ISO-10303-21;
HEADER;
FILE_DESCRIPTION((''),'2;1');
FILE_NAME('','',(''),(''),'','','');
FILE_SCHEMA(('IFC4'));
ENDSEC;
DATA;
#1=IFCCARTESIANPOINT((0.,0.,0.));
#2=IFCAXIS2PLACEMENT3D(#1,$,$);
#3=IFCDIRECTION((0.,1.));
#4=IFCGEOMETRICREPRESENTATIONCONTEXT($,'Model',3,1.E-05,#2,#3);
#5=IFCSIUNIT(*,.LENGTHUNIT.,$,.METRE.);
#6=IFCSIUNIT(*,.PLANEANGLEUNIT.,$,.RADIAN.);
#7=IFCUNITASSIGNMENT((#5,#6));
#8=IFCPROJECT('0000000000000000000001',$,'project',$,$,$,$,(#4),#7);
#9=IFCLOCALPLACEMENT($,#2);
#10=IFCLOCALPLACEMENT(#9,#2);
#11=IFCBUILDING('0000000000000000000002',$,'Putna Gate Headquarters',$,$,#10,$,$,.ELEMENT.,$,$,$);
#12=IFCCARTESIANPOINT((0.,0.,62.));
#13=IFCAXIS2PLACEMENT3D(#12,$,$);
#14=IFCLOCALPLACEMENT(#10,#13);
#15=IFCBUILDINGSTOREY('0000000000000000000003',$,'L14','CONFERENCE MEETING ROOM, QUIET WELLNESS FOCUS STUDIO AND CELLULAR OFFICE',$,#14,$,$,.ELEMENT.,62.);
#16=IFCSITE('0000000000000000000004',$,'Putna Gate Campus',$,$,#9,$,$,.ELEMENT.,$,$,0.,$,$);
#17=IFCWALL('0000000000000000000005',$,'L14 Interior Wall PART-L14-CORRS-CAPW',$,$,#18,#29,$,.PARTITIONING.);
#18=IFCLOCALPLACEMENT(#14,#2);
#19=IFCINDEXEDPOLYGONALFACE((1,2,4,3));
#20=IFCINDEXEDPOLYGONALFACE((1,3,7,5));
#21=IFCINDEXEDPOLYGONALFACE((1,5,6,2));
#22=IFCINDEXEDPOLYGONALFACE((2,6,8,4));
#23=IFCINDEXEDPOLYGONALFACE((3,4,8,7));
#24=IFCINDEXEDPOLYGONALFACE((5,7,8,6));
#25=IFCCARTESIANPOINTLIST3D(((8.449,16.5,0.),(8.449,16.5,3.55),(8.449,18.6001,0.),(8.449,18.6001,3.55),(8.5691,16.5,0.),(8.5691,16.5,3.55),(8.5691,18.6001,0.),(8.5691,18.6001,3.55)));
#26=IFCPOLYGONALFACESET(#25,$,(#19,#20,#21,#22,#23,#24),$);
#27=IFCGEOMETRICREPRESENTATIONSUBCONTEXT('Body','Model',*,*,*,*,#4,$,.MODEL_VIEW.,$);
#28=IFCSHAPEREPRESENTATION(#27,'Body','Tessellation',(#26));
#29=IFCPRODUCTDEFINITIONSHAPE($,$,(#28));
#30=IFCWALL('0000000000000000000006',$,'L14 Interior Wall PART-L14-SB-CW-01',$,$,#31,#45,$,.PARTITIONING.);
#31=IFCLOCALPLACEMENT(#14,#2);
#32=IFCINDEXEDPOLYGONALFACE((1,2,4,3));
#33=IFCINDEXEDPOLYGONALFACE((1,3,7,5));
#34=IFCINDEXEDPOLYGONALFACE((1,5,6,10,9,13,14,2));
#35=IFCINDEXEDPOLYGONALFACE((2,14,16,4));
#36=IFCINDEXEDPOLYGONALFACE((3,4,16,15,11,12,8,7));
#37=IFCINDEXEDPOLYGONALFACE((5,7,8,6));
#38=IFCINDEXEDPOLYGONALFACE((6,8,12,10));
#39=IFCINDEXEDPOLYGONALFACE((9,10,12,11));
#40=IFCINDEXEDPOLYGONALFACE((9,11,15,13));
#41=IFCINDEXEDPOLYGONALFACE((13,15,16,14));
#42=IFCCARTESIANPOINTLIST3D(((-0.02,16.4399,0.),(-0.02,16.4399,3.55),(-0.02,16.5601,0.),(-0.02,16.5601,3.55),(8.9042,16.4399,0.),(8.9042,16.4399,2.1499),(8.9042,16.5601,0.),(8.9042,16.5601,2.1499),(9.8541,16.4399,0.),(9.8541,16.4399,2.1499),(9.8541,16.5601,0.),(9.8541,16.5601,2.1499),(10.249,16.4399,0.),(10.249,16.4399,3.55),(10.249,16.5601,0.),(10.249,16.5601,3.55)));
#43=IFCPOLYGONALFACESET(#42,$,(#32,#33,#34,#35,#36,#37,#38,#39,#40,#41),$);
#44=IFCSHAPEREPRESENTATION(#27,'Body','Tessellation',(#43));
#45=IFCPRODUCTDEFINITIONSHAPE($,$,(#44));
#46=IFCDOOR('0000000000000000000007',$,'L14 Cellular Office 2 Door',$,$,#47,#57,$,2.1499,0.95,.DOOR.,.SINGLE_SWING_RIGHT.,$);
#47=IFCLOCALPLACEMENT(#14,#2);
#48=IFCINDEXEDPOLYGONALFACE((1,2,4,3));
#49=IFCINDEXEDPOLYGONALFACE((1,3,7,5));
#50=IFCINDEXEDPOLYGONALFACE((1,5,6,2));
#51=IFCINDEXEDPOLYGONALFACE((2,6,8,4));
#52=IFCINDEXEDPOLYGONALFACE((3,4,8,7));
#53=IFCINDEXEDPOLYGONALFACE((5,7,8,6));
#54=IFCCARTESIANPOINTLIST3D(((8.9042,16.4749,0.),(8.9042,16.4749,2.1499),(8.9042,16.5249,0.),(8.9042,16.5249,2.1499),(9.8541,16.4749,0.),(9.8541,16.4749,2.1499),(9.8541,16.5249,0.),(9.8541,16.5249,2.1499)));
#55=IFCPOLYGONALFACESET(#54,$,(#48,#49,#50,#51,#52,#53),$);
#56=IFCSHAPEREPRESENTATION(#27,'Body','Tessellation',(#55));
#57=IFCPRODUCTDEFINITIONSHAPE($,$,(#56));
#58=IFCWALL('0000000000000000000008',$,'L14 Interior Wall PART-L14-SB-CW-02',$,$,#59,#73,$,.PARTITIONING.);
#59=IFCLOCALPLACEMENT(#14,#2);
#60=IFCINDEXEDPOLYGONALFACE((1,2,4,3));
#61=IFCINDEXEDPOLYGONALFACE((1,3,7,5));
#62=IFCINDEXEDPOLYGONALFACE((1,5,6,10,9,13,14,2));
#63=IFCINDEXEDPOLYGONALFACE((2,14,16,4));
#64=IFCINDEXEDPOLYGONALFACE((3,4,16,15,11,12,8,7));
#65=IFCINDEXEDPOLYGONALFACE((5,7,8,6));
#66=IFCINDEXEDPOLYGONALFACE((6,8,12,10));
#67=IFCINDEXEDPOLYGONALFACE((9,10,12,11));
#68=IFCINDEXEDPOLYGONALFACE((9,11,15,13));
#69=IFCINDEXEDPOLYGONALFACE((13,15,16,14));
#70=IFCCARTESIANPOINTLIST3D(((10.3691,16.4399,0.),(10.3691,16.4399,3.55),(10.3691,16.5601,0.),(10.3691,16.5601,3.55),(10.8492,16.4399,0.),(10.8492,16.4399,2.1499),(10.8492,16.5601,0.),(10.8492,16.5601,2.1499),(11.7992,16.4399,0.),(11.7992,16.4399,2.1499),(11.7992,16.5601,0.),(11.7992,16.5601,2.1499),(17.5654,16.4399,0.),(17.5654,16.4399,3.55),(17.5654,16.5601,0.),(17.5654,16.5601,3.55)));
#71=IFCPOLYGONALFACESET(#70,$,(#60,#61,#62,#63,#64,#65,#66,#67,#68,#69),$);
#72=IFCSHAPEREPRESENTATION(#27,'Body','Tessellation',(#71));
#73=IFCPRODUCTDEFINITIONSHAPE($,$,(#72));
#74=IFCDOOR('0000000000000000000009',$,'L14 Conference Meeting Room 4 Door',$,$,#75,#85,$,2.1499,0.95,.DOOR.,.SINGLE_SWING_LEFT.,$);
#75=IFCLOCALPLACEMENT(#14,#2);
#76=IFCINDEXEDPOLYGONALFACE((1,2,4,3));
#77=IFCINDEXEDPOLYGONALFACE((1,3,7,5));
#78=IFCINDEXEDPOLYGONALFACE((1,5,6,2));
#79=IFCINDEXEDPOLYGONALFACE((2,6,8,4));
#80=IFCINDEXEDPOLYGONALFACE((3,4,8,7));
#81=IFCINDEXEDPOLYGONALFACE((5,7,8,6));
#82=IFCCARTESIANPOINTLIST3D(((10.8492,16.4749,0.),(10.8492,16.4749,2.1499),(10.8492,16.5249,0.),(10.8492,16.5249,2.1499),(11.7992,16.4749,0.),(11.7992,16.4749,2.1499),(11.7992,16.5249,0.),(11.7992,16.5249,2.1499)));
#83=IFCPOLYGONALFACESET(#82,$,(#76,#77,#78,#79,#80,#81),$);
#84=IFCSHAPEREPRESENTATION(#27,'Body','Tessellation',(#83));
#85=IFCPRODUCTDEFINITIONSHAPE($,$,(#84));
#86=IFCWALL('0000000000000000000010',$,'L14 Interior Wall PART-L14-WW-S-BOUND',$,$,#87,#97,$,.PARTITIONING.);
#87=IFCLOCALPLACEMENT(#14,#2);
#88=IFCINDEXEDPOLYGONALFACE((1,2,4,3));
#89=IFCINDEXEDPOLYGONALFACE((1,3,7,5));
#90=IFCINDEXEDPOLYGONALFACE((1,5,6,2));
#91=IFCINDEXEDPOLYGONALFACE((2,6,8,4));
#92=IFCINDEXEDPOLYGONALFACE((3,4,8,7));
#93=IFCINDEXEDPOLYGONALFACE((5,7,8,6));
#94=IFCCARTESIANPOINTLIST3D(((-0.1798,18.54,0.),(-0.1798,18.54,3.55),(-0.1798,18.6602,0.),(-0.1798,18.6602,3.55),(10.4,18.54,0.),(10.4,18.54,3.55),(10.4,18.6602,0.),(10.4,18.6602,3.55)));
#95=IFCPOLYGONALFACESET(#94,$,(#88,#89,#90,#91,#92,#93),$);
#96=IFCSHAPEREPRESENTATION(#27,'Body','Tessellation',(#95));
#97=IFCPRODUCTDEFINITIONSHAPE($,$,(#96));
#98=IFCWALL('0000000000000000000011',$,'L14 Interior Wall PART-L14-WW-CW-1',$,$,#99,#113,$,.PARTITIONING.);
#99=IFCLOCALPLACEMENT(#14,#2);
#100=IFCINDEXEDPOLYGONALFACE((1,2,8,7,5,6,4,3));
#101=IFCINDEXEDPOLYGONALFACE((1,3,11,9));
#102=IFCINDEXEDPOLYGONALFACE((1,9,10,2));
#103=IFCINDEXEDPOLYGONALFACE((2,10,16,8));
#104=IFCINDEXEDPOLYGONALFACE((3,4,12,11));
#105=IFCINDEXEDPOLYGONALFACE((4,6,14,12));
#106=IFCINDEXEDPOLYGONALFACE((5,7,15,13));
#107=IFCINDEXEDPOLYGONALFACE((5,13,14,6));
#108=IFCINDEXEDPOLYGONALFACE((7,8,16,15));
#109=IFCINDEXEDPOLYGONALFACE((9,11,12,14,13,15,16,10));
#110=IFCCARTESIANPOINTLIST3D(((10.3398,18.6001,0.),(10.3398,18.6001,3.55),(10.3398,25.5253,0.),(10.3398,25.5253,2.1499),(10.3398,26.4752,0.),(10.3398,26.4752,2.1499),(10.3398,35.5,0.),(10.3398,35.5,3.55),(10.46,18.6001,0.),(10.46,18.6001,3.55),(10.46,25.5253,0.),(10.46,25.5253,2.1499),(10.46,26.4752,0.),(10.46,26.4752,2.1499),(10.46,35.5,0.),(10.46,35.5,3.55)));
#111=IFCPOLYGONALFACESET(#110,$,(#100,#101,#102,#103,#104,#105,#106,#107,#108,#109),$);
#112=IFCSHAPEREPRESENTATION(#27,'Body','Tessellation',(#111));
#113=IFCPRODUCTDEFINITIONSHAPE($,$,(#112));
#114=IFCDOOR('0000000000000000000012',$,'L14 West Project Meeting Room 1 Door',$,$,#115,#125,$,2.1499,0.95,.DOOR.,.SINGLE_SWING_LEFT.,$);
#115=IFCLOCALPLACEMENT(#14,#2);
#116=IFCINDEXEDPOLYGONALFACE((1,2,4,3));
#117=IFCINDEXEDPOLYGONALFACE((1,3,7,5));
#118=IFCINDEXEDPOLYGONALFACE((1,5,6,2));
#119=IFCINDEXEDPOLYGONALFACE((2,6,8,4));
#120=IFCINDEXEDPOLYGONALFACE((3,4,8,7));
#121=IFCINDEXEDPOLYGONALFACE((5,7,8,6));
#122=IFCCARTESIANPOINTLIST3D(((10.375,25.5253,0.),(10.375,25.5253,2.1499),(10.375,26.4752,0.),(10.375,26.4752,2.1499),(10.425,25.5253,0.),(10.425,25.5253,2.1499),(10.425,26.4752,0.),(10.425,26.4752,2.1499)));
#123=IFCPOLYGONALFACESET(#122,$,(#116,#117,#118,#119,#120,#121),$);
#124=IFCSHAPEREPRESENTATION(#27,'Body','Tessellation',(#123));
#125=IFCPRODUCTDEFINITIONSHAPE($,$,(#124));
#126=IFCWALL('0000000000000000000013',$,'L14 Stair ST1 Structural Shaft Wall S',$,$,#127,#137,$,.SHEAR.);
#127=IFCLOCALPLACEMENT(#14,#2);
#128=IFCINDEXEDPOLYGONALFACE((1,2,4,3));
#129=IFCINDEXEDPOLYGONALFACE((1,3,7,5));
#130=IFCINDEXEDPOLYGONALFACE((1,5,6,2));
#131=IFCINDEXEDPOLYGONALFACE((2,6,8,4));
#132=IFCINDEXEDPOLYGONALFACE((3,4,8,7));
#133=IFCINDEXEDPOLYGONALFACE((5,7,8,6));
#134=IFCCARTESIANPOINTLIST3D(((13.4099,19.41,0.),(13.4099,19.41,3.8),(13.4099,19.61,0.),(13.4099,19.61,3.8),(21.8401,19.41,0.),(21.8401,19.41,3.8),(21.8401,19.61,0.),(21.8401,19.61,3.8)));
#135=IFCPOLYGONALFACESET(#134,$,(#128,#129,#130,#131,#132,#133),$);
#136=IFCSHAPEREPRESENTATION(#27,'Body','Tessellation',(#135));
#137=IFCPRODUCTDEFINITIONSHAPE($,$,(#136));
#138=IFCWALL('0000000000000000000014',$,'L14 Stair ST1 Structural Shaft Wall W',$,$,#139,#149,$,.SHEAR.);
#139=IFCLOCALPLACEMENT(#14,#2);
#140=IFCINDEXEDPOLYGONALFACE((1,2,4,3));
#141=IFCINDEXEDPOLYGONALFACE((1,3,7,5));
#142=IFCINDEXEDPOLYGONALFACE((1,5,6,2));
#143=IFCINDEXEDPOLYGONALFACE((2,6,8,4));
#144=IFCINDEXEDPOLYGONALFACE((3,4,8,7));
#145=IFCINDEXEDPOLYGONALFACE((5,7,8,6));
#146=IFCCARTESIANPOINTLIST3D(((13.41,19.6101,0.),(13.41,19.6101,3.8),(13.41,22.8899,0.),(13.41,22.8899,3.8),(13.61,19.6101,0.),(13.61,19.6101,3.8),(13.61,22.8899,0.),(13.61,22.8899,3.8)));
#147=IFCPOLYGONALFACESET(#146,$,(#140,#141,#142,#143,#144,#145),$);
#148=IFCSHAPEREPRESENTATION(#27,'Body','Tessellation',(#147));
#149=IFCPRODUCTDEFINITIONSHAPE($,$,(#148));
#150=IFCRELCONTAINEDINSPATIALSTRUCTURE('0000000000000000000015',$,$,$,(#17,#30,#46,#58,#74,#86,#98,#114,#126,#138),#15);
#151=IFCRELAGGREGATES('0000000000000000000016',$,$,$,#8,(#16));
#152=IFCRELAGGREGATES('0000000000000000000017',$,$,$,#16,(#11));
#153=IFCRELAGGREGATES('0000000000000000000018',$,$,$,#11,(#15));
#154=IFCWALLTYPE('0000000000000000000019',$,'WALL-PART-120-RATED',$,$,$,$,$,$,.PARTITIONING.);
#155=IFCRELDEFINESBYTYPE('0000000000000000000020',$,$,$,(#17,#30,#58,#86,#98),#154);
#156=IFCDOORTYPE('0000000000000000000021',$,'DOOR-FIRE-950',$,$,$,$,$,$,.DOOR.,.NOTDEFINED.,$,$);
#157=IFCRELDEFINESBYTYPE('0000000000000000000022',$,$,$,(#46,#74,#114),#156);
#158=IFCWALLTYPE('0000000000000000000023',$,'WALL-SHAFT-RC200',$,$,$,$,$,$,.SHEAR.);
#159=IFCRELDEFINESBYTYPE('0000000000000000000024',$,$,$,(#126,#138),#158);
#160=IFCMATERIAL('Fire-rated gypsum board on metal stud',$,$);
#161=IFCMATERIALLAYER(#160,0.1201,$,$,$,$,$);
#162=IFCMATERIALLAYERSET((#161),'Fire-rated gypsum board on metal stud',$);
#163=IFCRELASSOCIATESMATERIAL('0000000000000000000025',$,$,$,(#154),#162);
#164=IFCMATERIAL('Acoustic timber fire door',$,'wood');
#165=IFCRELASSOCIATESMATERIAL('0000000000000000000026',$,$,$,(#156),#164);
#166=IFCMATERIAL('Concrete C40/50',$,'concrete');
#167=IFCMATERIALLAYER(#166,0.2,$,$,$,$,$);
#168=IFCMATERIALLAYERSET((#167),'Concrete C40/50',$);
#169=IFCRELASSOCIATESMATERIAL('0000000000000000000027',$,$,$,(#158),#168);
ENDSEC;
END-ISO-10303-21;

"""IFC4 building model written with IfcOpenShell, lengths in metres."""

from ifc_helpers import new_model, si_unit, direction, frame, frame_2d, origin, place, context, subcontext, project, spatial, rectangle, extrude, material, layer, layer_set, type_object, element, fill, save


model = new_model("IFC4")

# Units and contexts
model_context = context("Model", 3, precision=1e-05, world=origin(), true_north=direction((0.0, 1.0)))
body_context = subcontext(model_context, "Body", "Model", "MODEL_VIEW")
ifc_project = project(units=[si_unit("LENGTHUNIT", "METRE"), si_unit("PLANEANGLEUNIT", "RADIAN")], contexts=[model_context])

# Site, building, storey
site_placement = place(None, origin())
site = spatial("IfcSite", under=ifc_project, at=site_placement, Name="Putna Gate Campus", CompositionType="ELEMENT", RefElevation=0.0)
building_placement = place(site_placement, origin())
building = spatial("IfcBuilding", under=site, at=building_placement, Name="Putna Gate Headquarters", CompositionType="ELEMENT")
storey_placement = place(building_placement, frame((0.0, 0.0, 62.0)))
storey = spatial("IfcBuildingStorey", under=building, at=storey_placement, Name="L14", Description="CONFERENCE MEETING ROOM, QUIET WELLNESS FOCUS STUDIO AND CELLULAR OFFICE", CompositionType="ELEMENT", Elevation=62.0)

# Wall
ifc_material_1 = material(Name="Fire-rated gypsum board on metal stud")
ifc_layer_1 = layer(ifc_material_1, 0.1201)
ifc_layer_set_1 = layer_set([ifc_layer_1], Name="Fire-rated gypsum board on metal stud")
wall_type_1 = type_object("IfcWallType", Name="WALL-PART-120-RATED", PredefinedType="PARTITIONING", material=ifc_layer_set_1)
wall_1_placement = place(storey_placement, frame((8.509, 16.5, 0.0), z_axis=(0.0, 0.0, 1.0), x_axis=(0.0, 1.0, 0.0)))
element("IfcWall", 1, at=wall_1_placement, inside=storey, type_object=wall_type_1, Name="L14 Interior Wall PART-L14-CORRS-CAPW", PredefinedType="PARTITIONING", context=body_context, shape_type="SweptSolid", body=[
    extrude(rectangle(XDim=2.1001, YDim=0.1201, at=frame_2d((1.05, 0.0))), origin(), (0.0, 0.0, 1.0), 3.55),
])

# Walls, openings, doors
wall_2_placement = place(storey_placement, frame((-0.02, 16.5, 0.0), z_axis=(0.0, 0.0, 1.0), x_axis=(1.0, 0.0, 0.0)))
wall_2 = element("IfcWall", 2, at=wall_2_placement, inside=storey, type_object=wall_type_1, Name="L14 Interior Wall PART-L14-SB-CW-01", PredefinedType="PARTITIONING", context=body_context, shape_type="SweptSolid", body=[
    extrude(rectangle(XDim=10.269, YDim=0.1201, at=frame_2d((5.1345, 0.0))), origin(), (0.0, 0.0, 1.0), 3.55),
])
opening_1_placement = place(wall_2_placement, frame((8.9241, 0.0, 0.0)))
opening_1 = element("IfcOpeningElement", 3, at=opening_1_placement, cuts=wall_2, PredefinedType="OPENING", context=body_context, shape_type="SweptSolid", body=[
    extrude(rectangle(XDim=0.95, YDim=2.1499, at=frame_2d((0.4751, 1.075))), frame((0.0, 0.0701, 0.0), z_axis=(0.0, -1.0, 0.0), x_axis=(1.0, 0.0, 0.0)), (0.0, 0.0, 1.0), 0.1401),
])
ifc_material_2 = material(Name="Acoustic timber fire door", Category="wood")
door_type_1 = type_object("IfcDoorType", Name="DOOR-FIRE-950", OperationType="NOTDEFINED", PredefinedType="DOOR", material=ifc_material_2)
door_1_placement = place(opening_1_placement, origin())
door_1 = element("IfcDoor", 4, at=door_1_placement, inside=storey, type_object=door_type_1, Name="L14 Cellular Office 2 Door", OperationType="SINGLE_SWING_RIGHT", OverallHeight=2.1499, OverallWidth=0.95, PredefinedType="DOOR", context=body_context, shape_type="SweptSolid", body=[
    extrude(rectangle(XDim=0.95, YDim=2.1499, at=frame_2d((0.4751, 1.075))), frame((0.0, 0.0249, 0.0), z_axis=(0.0, -1.0, 0.0), x_axis=(1.0, 0.0, 0.0)), (0.0, 0.0, 1.0), 0.05),
])
fill(opening_1, door_1)
wall_3_placement = place(storey_placement, frame((10.3691, 16.5, 0.0), z_axis=(0.0, 0.0, 1.0), x_axis=(1.0, 0.0, 0.0)))
wall_3 = element("IfcWall", 5, at=wall_3_placement, inside=storey, type_object=wall_type_1, Name="L14 Interior Wall PART-L14-SB-CW-02", PredefinedType="PARTITIONING", context=body_context, shape_type="SweptSolid", body=[
    extrude(rectangle(XDim=7.1963, YDim=0.1201, at=frame_2d((3.5981, 0.0))), origin(), (0.0, 0.0, 1.0), 3.55),
])
opening_2_placement = place(wall_3_placement, frame((0.48, 0.0, 0.0)))
opening_2 = element("IfcOpeningElement", 6, at=opening_2_placement, cuts=wall_3, PredefinedType="OPENING", context=body_context, shape_type="SweptSolid", body=[
    extrude(rectangle(XDim=0.95, YDim=2.1499, at=frame_2d((0.4751, 1.075))), frame((0.0, 0.0701, 0.0), z_axis=(0.0, -1.0, 0.0), x_axis=(1.0, 0.0, 0.0)), (0.0, 0.0, 1.0), 0.1401),
])
door_2_placement = place(opening_2_placement, origin())
door_2 = element("IfcDoor", 7, at=door_2_placement, inside=storey, type_object=door_type_1, Name="L14 Conference Meeting Room 4 Door", OperationType="SINGLE_SWING_LEFT", OverallHeight=2.1499, OverallWidth=0.95, PredefinedType="DOOR", context=body_context, shape_type="SweptSolid", body=[
    extrude(rectangle(XDim=0.95, YDim=2.1499, at=frame_2d((0.4751, 1.075))), frame((0.0, 0.0249, 0.0), z_axis=(0.0, -1.0, 0.0), x_axis=(1.0, 0.0, 0.0)), (0.0, 0.0, 1.0), 0.05),
])
fill(opening_2, door_2)

# Wall
wall_4_placement = place(storey_placement, frame((-0.1799, 18.6001, 0.0), z_axis=(0.0, 0.0, 1.0), x_axis=(1.0, 0.0, 0.0)))
element("IfcWall", 8, at=wall_4_placement, inside=storey, type_object=wall_type_1, Name="L14 Interior Wall PART-L14-WW-S-BOUND", PredefinedType="PARTITIONING", context=body_context, shape_type="SweptSolid", body=[
    extrude(rectangle(XDim=10.5798, YDim=0.1201, at=frame_2d((5.29, 0.0))), origin(), (0.0, 0.0, 1.0), 3.55),
])

# Wall, opening, door
wall_5_placement = place(storey_placement, frame((10.3999, 18.6001, 0.0), z_axis=(0.0, 0.0, 1.0), x_axis=(0.0, 1.0, 0.0)))
wall_5 = element("IfcWall", 9, at=wall_5_placement, inside=storey, type_object=wall_type_1, Name="L14 Interior Wall PART-L14-WW-CW-1", PredefinedType="PARTITIONING", context=body_context, shape_type="SweptSolid", body=[
    extrude(rectangle(XDim=16.8999, YDim=0.1201, at=frame_2d((8.45, 0.0))), origin(), (0.0, 0.0, 1.0), 3.55),
])
opening_3_placement = place(wall_5_placement, frame((6.925, 0.0, 0.0)))
opening_3 = element("IfcOpeningElement", 10, at=opening_3_placement, cuts=wall_5, PredefinedType="OPENING", context=body_context, shape_type="SweptSolid", body=[
    extrude(rectangle(XDim=0.95, YDim=2.1499, at=frame_2d((0.4751, 1.075))), frame((0.0, 0.0701, 0.0), z_axis=(0.0, -1.0, 0.0), x_axis=(1.0, 0.0, 0.0)), (0.0, 0.0, 1.0), 0.1401),
])
door_3_placement = place(opening_3_placement, origin())
door_3 = element("IfcDoor", 11, at=door_3_placement, inside=storey, type_object=door_type_1, Name="L14 West Project Meeting Room 1 Door", OperationType="SINGLE_SWING_LEFT", OverallHeight=2.1499, OverallWidth=0.95, PredefinedType="DOOR", context=body_context, shape_type="SweptSolid", body=[
    extrude(rectangle(XDim=0.95, YDim=2.1499, at=frame_2d((0.4751, 1.075))), frame((0.0, 0.0249, 0.0), z_axis=(0.0, -1.0, 0.0), x_axis=(1.0, 0.0, 0.0)), (0.0, 0.0, 1.0), 0.05),
])
fill(opening_3, door_3)

# Walls
ifc_material_3 = material(Name="Concrete C40/50", Category="concrete")
ifc_layer_2 = layer(ifc_material_3, 0.2)
ifc_layer_set_2 = layer_set([ifc_layer_2], Name="Concrete C40/50")
wall_type_2 = type_object("IfcWallType", Name="WALL-SHAFT-RC200", PredefinedType="SHEAR", material=ifc_layer_set_2)
wall_6_placement = place(storey_placement, frame((13.4099, 19.51, 0.0), z_axis=(0.0, 0.0, 1.0), x_axis=(1.0, 0.0, 0.0)))
element("IfcWall", 12, at=wall_6_placement, inside=storey, type_object=wall_type_2, Name="L14 Stair ST1 Structural Shaft Wall S", PredefinedType="SHEAR", context=body_context, shape_type="SweptSolid", body=[
    extrude(rectangle(XDim=8.4302, YDim=0.2, at=frame_2d((4.2151, 0.0))), origin(), (0.0, 0.0, 1.0), 3.8),
])
wall_7_placement = place(storey_placement, frame((13.51, 19.6101, 0.0), z_axis=(0.0, 0.0, 1.0), x_axis=(0.0, 1.0, 0.0)))
element("IfcWall", 13, at=wall_7_placement, inside=storey, type_object=wall_type_2, Name="L14 Stair ST1 Structural Shaft Wall W", PredefinedType="SHEAR", context=body_context, shape_type="SweptSolid", body=[
    extrude(rectangle(XDim=3.2798, YDim=0.2, at=frame_2d((1.6399, 0.0))), origin(), (0.0, 0.0, 1.0), 3.8),
])

save(model, "model.ifc")
